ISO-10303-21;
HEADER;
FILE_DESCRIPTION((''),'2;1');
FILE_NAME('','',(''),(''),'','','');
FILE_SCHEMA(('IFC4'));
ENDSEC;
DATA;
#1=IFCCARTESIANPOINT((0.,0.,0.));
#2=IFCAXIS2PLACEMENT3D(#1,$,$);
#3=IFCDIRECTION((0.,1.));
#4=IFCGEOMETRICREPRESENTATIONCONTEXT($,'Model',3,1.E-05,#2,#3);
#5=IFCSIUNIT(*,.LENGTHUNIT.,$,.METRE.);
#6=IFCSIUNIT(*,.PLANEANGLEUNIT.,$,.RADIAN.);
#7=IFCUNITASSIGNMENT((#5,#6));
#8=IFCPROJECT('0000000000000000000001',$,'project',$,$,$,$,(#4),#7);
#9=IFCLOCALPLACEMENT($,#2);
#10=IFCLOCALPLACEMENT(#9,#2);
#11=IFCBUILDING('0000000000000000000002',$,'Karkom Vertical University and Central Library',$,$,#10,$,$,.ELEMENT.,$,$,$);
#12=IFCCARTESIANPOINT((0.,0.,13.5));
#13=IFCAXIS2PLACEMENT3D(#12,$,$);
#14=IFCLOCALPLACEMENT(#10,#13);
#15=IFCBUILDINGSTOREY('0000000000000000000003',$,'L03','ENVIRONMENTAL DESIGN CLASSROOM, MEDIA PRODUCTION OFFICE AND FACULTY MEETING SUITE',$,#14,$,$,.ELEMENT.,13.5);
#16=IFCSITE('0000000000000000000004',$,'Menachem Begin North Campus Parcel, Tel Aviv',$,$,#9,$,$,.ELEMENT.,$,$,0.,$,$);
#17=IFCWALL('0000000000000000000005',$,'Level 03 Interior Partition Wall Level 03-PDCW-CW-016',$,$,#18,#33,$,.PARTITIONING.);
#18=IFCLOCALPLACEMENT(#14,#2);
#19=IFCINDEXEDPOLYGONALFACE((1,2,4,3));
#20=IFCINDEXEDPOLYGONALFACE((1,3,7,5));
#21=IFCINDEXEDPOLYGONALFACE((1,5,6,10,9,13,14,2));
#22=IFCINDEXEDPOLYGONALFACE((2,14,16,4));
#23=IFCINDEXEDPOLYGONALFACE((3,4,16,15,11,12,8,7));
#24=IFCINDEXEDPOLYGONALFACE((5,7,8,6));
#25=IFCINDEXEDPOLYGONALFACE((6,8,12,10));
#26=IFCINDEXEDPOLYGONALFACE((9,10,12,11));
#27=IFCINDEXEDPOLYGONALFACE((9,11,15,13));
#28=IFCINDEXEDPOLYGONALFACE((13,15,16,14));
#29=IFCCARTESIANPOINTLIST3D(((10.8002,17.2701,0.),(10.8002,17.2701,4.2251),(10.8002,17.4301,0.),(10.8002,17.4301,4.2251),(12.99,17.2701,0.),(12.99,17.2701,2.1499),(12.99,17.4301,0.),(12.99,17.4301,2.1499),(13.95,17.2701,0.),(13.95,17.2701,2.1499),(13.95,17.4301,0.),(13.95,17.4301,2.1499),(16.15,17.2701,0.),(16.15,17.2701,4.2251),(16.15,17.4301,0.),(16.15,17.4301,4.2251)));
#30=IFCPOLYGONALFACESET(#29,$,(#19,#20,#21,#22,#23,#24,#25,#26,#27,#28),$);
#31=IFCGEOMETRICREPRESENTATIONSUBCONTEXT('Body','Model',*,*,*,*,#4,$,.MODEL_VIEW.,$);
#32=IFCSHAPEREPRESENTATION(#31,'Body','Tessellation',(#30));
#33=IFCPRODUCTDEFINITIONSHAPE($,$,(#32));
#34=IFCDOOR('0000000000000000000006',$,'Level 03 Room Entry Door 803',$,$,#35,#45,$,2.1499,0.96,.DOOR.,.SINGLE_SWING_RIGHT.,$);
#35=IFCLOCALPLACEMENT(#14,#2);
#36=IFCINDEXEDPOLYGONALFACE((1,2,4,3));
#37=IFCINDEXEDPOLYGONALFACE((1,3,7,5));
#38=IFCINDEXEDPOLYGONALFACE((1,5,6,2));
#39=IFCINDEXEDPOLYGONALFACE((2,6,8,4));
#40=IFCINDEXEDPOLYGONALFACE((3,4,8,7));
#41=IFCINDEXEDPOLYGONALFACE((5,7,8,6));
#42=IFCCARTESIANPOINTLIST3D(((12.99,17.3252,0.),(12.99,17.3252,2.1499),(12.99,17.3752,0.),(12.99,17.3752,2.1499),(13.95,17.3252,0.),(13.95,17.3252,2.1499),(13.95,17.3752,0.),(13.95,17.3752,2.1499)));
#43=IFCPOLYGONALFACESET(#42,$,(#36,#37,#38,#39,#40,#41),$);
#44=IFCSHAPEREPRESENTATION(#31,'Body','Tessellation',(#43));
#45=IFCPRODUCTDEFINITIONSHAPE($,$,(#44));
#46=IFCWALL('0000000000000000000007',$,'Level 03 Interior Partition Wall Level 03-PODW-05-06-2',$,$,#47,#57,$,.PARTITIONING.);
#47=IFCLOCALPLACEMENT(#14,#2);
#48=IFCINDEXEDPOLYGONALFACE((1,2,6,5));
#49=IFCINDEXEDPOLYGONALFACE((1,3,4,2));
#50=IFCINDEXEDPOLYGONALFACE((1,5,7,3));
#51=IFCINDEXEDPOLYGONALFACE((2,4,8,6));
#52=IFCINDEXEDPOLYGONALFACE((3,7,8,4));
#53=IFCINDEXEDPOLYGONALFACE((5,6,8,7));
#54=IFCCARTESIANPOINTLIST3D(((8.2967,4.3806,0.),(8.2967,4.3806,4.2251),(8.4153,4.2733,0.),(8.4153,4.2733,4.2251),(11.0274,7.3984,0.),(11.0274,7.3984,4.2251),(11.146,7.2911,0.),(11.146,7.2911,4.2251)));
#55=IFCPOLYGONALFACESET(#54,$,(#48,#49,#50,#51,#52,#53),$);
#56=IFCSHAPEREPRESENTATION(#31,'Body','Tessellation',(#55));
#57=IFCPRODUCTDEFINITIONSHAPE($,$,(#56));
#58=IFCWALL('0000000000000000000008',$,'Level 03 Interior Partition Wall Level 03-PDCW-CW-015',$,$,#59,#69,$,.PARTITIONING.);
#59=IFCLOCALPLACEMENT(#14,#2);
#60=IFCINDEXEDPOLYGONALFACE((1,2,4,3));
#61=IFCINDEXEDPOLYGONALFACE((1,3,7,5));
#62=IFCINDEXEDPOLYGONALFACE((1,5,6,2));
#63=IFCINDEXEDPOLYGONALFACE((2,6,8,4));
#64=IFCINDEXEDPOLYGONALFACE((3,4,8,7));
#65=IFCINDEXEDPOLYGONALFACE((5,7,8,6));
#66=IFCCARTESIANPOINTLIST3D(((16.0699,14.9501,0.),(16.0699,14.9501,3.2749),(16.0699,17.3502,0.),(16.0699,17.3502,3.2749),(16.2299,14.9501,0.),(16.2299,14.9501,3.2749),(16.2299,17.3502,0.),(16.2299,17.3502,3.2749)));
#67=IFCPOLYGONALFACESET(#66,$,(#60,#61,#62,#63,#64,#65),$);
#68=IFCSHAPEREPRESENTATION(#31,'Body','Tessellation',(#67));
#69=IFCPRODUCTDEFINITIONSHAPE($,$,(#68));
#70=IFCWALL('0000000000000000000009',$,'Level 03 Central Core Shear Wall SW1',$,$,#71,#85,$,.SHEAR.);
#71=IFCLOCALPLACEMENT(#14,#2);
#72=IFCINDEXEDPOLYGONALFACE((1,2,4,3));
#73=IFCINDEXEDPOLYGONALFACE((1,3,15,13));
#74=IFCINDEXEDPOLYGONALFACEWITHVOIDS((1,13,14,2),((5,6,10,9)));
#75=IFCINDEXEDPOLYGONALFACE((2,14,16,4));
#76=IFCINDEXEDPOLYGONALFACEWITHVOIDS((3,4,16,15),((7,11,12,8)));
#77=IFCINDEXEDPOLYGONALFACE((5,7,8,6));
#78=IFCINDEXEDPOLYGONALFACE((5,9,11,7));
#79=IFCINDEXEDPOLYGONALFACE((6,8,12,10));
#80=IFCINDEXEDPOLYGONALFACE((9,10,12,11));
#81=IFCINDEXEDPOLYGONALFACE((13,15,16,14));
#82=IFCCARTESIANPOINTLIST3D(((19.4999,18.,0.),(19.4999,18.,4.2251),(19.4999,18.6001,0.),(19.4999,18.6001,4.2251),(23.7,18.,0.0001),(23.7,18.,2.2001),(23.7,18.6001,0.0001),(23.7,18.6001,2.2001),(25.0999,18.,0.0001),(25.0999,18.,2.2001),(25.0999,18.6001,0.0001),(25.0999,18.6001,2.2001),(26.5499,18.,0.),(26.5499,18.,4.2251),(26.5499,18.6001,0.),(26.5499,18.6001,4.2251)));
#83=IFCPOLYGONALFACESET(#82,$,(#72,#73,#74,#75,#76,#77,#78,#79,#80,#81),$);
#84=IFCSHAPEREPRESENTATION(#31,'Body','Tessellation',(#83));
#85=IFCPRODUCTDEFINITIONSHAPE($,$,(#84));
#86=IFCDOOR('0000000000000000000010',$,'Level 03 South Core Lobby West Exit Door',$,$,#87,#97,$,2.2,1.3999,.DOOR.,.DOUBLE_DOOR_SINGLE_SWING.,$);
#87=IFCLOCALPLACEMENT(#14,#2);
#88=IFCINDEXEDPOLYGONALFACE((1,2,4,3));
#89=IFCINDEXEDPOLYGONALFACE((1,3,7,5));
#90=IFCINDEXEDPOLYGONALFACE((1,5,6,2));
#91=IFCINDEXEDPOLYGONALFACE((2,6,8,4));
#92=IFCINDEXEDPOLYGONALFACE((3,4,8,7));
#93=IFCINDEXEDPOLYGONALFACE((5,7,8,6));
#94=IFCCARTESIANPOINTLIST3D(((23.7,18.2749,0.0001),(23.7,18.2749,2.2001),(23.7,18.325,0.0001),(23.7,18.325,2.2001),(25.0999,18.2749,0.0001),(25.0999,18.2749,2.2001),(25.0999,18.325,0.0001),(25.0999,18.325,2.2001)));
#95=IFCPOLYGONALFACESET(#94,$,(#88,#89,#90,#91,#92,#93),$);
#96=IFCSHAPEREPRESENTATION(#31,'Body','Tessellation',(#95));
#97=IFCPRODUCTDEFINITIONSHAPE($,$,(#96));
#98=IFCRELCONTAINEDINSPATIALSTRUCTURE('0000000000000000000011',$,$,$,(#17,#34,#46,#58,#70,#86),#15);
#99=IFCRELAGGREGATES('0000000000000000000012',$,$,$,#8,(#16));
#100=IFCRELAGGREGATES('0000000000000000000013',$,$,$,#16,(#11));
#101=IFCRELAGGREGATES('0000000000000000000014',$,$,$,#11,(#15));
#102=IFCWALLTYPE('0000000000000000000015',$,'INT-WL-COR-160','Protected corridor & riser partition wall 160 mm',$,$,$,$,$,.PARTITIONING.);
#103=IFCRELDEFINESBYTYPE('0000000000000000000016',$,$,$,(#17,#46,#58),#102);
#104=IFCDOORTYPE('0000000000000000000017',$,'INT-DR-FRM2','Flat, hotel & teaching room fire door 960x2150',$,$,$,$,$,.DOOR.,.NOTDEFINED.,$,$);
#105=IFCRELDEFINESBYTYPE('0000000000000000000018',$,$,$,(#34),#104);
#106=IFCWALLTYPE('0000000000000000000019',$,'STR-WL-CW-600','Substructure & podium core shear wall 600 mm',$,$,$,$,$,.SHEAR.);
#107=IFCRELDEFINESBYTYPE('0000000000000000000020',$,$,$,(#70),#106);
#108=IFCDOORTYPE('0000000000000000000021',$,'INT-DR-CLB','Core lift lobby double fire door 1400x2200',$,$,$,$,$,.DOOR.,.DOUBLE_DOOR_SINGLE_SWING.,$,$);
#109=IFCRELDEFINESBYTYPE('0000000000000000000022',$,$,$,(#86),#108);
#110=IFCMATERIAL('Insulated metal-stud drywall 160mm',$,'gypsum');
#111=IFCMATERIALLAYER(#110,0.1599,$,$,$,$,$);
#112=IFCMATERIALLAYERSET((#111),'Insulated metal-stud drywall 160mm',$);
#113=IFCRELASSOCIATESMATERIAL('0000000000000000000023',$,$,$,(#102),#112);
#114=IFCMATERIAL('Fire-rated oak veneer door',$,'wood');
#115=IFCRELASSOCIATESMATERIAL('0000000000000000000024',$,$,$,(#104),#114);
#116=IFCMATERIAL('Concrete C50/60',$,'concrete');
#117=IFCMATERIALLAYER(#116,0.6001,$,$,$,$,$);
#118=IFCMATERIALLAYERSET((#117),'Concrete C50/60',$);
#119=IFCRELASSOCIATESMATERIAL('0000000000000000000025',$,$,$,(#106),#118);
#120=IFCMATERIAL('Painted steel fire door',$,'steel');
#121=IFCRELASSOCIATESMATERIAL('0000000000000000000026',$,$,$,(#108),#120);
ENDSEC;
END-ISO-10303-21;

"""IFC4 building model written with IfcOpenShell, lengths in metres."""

from ifc_helpers import new_model, si_unit, direction, frame, frame_2d, origin, origin_with_axes, place, context, subcontext, project, spatial, rectangle, extrude, source, transform, mapped, material, layer, layer_set, type_object, element, fill, save


model = new_model("IFC4")

# Units and contexts
model_context = context("Model", 3, precision=1e-05, world=origin(), true_north=direction((0.0, 1.0)))
body_context = subcontext(model_context, "Body", "Model", "MODEL_VIEW")
ifc_project = project(units=[si_unit("LENGTHUNIT", "METRE"), si_unit("PLANEANGLEUNIT", "RADIAN")], contexts=[model_context])

# Site, building, storey
site_placement = place(None, origin())
site = spatial("IfcSite", under=ifc_project, at=site_placement, Name="Menachem Begin North Campus Parcel, Tel Aviv", CompositionType="ELEMENT", RefElevation=0.0)
building_placement = place(site_placement, origin())
building = spatial("IfcBuilding", under=site, at=building_placement, Name="Karkom Vertical University and Central Library", CompositionType="ELEMENT")
storey_placement = place(building_placement, frame((0.0, 0.0, 13.5)))
storey = spatial("IfcBuildingStorey", under=building, at=storey_placement, Name="L03", Description="ENVIRONMENTAL DESIGN CLASSROOM, MEDIA PRODUCTION OFFICE AND FACULTY MEETING SUITE", CompositionType="ELEMENT", Elevation=13.5)

# Shared definitions
ifc_material_1 = material(Name="Concrete C50/60", Category="concrete")

# Shared definitions
ifc_material_2 = material(Name="Insulated metal-stud drywall 160mm", Category="gypsum")
ifc_layer_1 = layer(ifc_material_2, 0.1599)
ifc_layer_set_1 = layer_set([ifc_layer_1], Name="Insulated metal-stud drywall 160mm")
wall_type_1 = type_object("IfcWallType", Name="INT-WL-COR-160", Description="Protected corridor & riser partition wall 160 mm", PredefinedType="PARTITIONING", material=ifc_layer_set_1)

# Shared definitions
ifc_material_3 = material(Name="Fire-rated oak veneer door", Category="wood")
door_type_1 = type_object("IfcDoorType", Name="INT-DR-FRM2", Description="Flat, hotel & teaching room fire door 960x2150", OperationType="NOTDEFINED", PredefinedType="DOOR", material=ifc_material_3)
shared_shape_1 = source(origin_with_axes(), body_context, "Body", "SweptSolid", [
    extrude(rectangle(XDim=0.96, YDim=2.1499, at=frame_2d((0.48, 1.075))), frame((0.0, 0.0249, 0.0), z_axis=(0.0, -1.0, 0.0), x_axis=(1.0, 0.0, 0.0)), (0.0, 0.0, 1.0), 0.05),
])

# Wall, opening, door
wall_1_placement = place(storey_placement, frame((16.1499, 17.3501, 0.0), z_axis=(0.0, 0.0, 1.0), x_axis=(-1.0, 0.0, 0.0)))
wall_1 = element("IfcWall", 1, at=wall_1_placement, inside=storey, type_object=wall_type_1, Name="Level 03 Interior Partition Wall Level 03-PDCW-CW-016", PredefinedType="PARTITIONING", context=body_context, shape_type="SweptSolid", body=[
    extrude(rectangle(XDim=5.3499, YDim=0.1599, at=frame_2d((2.6748, 0.0))), origin(), (0.0, 0.0, 1.0), 4.2251),
])
opening_1_placement = place(wall_1_placement, frame((2.2, 0.0, 0.0)))
opening_1 = element("IfcOpeningElement", 2, at=opening_1_placement, cuts=wall_1, PredefinedType="OPENING", context=body_context, shape_type="SweptSolid", body=[
    extrude(rectangle(XDim=0.96, YDim=2.1499, at=frame_2d((0.48, 1.075))), frame((0.0, 0.0898, 0.0), z_axis=(0.0, -1.0, 0.0), x_axis=(1.0, 0.0, 0.0)), (0.0, 0.0, 1.0), 0.1799),
])
door_1_placement = place(opening_1_placement, origin())
door_1 = element("IfcDoor", 3, at=door_1_placement, inside=storey, type_object=door_type_1, Name="Level 03 Room Entry Door 803", OperationType="SINGLE_SWING_RIGHT", OverallHeight=2.1499, OverallWidth=0.96, PredefinedType="DOOR", context=body_context, shape_type="MappedRepresentation", body=[
    mapped(shared_shape_1, transform((0.0, 0.0, 0.0), scale=1.0)),
])
fill(opening_1, door_1)

# Walls
wall_2_placement = place(storey_placement, frame((11.0867, 7.3447, 0.0), z_axis=(0.0, 0.0, 1.0), x_axis=(-0.670954, -0.741499, 0.0)))
element("IfcWall", 4, at=wall_2_placement, inside=storey, type_object=wall_type_1, Name="Level 03 Interior Partition Wall Level 03-PODW-05-06-2", PredefinedType="PARTITIONING", context=body_context, shape_type="SweptSolid", body=[
    extrude(rectangle(XDim=4.0698, YDim=0.1599, at=frame_2d((2.0349, 0.0))), origin(), (0.0, 0.0, 1.0), 4.2251),
])
wall_3_placement = place(storey_placement, frame((16.1499, 14.95, 0.0), z_axis=(0.0, 0.0, 1.0), x_axis=(0.0, 1.0, 0.0)))
element("IfcWall", 5, at=wall_3_placement, inside=storey, type_object=wall_type_1, Name="Level 03 Interior Partition Wall Level 03-PDCW-CW-015", PredefinedType="PARTITIONING", context=body_context, shape_type="SweptSolid", body=[
    extrude(rectangle(XDim=2.4001, YDim=0.1599, at=frame_2d((1.2002, 0.0))), origin(), (0.0, 0.0, 1.0), 3.2749),
])

# Wall, opening, door
ifc_layer_2 = layer(ifc_material_1, 0.6001)
ifc_layer_set_2 = layer_set([ifc_layer_2], Name="Concrete C50/60")
wall_type_2 = type_object("IfcWallType", Name="STR-WL-CW-600", Description="Substructure & podium core shear wall 600 mm", PredefinedType="SHEAR", material=ifc_layer_set_2)
wall_4_placement = place(storey_placement, frame((19.5, 18.3, 0.0), z_axis=(0.0, 0.0, 1.0), x_axis=(1.0, 0.0, 0.0)))
wall_4 = element("IfcWall", 6, at=wall_4_placement, inside=storey, type_object=wall_type_2, Name="Level 03 Central Core Shear Wall SW1", PredefinedType="SHEAR", context=body_context, shape_type="SweptSolid", body=[
    extrude(rectangle(XDim=7.05, YDim=0.6001, at=frame_2d((3.5249, 0.0))), origin(), (0.0, 0.0, 1.0), 4.2251),
])
opening_2_placement = place(wall_4_placement, frame((4.2, 0.0, 0.0)))
opening_2 = element("IfcOpeningElement", 7, at=opening_2_placement, cuts=wall_4, PredefinedType="OPENING", context=body_context, shape_type="SweptSolid", body=[
    extrude(rectangle(XDim=1.3999, YDim=2.2, at=frame_2d((0.7, 1.1001))), frame((0.0, 0.3101, 0.0), z_axis=(0.0, -1.0, 0.0), x_axis=(1.0, 0.0, 0.0)), (0.0, 0.0, 1.0), 0.6201),
])
ifc_material_4 = material(Name="Painted steel fire door", Category="steel")
door_type_2 = type_object("IfcDoorType", Name="INT-DR-CLB", Description="Core lift lobby double fire door 1400x2200", OperationType="DOUBLE_DOOR_SINGLE_SWING", PredefinedType="DOOR", material=ifc_material_4)
shared_shape_2 = source(origin_with_axes(), body_context, "Body", "SweptSolid", [
    extrude(rectangle(XDim=1.3999, YDim=2.2, at=frame_2d((0.7, 1.1001))), frame((0.0, 0.0249, 0.0), z_axis=(0.0, -1.0, 0.0), x_axis=(1.0, 0.0, 0.0)), (0.0, 0.0, 1.0), 0.05),
])
door_2_placement = place(opening_2_placement, origin())
door_2 = element("IfcDoor", 8, at=door_2_placement, inside=storey, type_object=door_type_2, Name="Level 03 South Core Lobby West Exit Door", OperationType="DOUBLE_DOOR_SINGLE_SWING", OverallHeight=2.2, OverallWidth=1.3999, PredefinedType="DOOR", context=body_context, shape_type="MappedRepresentation", body=[
    mapped(shared_shape_2, transform((0.0, 0.0, 0.0), scale=1.0)),
])
fill(opening_2, door_2)

save(model, "model.ifc")
